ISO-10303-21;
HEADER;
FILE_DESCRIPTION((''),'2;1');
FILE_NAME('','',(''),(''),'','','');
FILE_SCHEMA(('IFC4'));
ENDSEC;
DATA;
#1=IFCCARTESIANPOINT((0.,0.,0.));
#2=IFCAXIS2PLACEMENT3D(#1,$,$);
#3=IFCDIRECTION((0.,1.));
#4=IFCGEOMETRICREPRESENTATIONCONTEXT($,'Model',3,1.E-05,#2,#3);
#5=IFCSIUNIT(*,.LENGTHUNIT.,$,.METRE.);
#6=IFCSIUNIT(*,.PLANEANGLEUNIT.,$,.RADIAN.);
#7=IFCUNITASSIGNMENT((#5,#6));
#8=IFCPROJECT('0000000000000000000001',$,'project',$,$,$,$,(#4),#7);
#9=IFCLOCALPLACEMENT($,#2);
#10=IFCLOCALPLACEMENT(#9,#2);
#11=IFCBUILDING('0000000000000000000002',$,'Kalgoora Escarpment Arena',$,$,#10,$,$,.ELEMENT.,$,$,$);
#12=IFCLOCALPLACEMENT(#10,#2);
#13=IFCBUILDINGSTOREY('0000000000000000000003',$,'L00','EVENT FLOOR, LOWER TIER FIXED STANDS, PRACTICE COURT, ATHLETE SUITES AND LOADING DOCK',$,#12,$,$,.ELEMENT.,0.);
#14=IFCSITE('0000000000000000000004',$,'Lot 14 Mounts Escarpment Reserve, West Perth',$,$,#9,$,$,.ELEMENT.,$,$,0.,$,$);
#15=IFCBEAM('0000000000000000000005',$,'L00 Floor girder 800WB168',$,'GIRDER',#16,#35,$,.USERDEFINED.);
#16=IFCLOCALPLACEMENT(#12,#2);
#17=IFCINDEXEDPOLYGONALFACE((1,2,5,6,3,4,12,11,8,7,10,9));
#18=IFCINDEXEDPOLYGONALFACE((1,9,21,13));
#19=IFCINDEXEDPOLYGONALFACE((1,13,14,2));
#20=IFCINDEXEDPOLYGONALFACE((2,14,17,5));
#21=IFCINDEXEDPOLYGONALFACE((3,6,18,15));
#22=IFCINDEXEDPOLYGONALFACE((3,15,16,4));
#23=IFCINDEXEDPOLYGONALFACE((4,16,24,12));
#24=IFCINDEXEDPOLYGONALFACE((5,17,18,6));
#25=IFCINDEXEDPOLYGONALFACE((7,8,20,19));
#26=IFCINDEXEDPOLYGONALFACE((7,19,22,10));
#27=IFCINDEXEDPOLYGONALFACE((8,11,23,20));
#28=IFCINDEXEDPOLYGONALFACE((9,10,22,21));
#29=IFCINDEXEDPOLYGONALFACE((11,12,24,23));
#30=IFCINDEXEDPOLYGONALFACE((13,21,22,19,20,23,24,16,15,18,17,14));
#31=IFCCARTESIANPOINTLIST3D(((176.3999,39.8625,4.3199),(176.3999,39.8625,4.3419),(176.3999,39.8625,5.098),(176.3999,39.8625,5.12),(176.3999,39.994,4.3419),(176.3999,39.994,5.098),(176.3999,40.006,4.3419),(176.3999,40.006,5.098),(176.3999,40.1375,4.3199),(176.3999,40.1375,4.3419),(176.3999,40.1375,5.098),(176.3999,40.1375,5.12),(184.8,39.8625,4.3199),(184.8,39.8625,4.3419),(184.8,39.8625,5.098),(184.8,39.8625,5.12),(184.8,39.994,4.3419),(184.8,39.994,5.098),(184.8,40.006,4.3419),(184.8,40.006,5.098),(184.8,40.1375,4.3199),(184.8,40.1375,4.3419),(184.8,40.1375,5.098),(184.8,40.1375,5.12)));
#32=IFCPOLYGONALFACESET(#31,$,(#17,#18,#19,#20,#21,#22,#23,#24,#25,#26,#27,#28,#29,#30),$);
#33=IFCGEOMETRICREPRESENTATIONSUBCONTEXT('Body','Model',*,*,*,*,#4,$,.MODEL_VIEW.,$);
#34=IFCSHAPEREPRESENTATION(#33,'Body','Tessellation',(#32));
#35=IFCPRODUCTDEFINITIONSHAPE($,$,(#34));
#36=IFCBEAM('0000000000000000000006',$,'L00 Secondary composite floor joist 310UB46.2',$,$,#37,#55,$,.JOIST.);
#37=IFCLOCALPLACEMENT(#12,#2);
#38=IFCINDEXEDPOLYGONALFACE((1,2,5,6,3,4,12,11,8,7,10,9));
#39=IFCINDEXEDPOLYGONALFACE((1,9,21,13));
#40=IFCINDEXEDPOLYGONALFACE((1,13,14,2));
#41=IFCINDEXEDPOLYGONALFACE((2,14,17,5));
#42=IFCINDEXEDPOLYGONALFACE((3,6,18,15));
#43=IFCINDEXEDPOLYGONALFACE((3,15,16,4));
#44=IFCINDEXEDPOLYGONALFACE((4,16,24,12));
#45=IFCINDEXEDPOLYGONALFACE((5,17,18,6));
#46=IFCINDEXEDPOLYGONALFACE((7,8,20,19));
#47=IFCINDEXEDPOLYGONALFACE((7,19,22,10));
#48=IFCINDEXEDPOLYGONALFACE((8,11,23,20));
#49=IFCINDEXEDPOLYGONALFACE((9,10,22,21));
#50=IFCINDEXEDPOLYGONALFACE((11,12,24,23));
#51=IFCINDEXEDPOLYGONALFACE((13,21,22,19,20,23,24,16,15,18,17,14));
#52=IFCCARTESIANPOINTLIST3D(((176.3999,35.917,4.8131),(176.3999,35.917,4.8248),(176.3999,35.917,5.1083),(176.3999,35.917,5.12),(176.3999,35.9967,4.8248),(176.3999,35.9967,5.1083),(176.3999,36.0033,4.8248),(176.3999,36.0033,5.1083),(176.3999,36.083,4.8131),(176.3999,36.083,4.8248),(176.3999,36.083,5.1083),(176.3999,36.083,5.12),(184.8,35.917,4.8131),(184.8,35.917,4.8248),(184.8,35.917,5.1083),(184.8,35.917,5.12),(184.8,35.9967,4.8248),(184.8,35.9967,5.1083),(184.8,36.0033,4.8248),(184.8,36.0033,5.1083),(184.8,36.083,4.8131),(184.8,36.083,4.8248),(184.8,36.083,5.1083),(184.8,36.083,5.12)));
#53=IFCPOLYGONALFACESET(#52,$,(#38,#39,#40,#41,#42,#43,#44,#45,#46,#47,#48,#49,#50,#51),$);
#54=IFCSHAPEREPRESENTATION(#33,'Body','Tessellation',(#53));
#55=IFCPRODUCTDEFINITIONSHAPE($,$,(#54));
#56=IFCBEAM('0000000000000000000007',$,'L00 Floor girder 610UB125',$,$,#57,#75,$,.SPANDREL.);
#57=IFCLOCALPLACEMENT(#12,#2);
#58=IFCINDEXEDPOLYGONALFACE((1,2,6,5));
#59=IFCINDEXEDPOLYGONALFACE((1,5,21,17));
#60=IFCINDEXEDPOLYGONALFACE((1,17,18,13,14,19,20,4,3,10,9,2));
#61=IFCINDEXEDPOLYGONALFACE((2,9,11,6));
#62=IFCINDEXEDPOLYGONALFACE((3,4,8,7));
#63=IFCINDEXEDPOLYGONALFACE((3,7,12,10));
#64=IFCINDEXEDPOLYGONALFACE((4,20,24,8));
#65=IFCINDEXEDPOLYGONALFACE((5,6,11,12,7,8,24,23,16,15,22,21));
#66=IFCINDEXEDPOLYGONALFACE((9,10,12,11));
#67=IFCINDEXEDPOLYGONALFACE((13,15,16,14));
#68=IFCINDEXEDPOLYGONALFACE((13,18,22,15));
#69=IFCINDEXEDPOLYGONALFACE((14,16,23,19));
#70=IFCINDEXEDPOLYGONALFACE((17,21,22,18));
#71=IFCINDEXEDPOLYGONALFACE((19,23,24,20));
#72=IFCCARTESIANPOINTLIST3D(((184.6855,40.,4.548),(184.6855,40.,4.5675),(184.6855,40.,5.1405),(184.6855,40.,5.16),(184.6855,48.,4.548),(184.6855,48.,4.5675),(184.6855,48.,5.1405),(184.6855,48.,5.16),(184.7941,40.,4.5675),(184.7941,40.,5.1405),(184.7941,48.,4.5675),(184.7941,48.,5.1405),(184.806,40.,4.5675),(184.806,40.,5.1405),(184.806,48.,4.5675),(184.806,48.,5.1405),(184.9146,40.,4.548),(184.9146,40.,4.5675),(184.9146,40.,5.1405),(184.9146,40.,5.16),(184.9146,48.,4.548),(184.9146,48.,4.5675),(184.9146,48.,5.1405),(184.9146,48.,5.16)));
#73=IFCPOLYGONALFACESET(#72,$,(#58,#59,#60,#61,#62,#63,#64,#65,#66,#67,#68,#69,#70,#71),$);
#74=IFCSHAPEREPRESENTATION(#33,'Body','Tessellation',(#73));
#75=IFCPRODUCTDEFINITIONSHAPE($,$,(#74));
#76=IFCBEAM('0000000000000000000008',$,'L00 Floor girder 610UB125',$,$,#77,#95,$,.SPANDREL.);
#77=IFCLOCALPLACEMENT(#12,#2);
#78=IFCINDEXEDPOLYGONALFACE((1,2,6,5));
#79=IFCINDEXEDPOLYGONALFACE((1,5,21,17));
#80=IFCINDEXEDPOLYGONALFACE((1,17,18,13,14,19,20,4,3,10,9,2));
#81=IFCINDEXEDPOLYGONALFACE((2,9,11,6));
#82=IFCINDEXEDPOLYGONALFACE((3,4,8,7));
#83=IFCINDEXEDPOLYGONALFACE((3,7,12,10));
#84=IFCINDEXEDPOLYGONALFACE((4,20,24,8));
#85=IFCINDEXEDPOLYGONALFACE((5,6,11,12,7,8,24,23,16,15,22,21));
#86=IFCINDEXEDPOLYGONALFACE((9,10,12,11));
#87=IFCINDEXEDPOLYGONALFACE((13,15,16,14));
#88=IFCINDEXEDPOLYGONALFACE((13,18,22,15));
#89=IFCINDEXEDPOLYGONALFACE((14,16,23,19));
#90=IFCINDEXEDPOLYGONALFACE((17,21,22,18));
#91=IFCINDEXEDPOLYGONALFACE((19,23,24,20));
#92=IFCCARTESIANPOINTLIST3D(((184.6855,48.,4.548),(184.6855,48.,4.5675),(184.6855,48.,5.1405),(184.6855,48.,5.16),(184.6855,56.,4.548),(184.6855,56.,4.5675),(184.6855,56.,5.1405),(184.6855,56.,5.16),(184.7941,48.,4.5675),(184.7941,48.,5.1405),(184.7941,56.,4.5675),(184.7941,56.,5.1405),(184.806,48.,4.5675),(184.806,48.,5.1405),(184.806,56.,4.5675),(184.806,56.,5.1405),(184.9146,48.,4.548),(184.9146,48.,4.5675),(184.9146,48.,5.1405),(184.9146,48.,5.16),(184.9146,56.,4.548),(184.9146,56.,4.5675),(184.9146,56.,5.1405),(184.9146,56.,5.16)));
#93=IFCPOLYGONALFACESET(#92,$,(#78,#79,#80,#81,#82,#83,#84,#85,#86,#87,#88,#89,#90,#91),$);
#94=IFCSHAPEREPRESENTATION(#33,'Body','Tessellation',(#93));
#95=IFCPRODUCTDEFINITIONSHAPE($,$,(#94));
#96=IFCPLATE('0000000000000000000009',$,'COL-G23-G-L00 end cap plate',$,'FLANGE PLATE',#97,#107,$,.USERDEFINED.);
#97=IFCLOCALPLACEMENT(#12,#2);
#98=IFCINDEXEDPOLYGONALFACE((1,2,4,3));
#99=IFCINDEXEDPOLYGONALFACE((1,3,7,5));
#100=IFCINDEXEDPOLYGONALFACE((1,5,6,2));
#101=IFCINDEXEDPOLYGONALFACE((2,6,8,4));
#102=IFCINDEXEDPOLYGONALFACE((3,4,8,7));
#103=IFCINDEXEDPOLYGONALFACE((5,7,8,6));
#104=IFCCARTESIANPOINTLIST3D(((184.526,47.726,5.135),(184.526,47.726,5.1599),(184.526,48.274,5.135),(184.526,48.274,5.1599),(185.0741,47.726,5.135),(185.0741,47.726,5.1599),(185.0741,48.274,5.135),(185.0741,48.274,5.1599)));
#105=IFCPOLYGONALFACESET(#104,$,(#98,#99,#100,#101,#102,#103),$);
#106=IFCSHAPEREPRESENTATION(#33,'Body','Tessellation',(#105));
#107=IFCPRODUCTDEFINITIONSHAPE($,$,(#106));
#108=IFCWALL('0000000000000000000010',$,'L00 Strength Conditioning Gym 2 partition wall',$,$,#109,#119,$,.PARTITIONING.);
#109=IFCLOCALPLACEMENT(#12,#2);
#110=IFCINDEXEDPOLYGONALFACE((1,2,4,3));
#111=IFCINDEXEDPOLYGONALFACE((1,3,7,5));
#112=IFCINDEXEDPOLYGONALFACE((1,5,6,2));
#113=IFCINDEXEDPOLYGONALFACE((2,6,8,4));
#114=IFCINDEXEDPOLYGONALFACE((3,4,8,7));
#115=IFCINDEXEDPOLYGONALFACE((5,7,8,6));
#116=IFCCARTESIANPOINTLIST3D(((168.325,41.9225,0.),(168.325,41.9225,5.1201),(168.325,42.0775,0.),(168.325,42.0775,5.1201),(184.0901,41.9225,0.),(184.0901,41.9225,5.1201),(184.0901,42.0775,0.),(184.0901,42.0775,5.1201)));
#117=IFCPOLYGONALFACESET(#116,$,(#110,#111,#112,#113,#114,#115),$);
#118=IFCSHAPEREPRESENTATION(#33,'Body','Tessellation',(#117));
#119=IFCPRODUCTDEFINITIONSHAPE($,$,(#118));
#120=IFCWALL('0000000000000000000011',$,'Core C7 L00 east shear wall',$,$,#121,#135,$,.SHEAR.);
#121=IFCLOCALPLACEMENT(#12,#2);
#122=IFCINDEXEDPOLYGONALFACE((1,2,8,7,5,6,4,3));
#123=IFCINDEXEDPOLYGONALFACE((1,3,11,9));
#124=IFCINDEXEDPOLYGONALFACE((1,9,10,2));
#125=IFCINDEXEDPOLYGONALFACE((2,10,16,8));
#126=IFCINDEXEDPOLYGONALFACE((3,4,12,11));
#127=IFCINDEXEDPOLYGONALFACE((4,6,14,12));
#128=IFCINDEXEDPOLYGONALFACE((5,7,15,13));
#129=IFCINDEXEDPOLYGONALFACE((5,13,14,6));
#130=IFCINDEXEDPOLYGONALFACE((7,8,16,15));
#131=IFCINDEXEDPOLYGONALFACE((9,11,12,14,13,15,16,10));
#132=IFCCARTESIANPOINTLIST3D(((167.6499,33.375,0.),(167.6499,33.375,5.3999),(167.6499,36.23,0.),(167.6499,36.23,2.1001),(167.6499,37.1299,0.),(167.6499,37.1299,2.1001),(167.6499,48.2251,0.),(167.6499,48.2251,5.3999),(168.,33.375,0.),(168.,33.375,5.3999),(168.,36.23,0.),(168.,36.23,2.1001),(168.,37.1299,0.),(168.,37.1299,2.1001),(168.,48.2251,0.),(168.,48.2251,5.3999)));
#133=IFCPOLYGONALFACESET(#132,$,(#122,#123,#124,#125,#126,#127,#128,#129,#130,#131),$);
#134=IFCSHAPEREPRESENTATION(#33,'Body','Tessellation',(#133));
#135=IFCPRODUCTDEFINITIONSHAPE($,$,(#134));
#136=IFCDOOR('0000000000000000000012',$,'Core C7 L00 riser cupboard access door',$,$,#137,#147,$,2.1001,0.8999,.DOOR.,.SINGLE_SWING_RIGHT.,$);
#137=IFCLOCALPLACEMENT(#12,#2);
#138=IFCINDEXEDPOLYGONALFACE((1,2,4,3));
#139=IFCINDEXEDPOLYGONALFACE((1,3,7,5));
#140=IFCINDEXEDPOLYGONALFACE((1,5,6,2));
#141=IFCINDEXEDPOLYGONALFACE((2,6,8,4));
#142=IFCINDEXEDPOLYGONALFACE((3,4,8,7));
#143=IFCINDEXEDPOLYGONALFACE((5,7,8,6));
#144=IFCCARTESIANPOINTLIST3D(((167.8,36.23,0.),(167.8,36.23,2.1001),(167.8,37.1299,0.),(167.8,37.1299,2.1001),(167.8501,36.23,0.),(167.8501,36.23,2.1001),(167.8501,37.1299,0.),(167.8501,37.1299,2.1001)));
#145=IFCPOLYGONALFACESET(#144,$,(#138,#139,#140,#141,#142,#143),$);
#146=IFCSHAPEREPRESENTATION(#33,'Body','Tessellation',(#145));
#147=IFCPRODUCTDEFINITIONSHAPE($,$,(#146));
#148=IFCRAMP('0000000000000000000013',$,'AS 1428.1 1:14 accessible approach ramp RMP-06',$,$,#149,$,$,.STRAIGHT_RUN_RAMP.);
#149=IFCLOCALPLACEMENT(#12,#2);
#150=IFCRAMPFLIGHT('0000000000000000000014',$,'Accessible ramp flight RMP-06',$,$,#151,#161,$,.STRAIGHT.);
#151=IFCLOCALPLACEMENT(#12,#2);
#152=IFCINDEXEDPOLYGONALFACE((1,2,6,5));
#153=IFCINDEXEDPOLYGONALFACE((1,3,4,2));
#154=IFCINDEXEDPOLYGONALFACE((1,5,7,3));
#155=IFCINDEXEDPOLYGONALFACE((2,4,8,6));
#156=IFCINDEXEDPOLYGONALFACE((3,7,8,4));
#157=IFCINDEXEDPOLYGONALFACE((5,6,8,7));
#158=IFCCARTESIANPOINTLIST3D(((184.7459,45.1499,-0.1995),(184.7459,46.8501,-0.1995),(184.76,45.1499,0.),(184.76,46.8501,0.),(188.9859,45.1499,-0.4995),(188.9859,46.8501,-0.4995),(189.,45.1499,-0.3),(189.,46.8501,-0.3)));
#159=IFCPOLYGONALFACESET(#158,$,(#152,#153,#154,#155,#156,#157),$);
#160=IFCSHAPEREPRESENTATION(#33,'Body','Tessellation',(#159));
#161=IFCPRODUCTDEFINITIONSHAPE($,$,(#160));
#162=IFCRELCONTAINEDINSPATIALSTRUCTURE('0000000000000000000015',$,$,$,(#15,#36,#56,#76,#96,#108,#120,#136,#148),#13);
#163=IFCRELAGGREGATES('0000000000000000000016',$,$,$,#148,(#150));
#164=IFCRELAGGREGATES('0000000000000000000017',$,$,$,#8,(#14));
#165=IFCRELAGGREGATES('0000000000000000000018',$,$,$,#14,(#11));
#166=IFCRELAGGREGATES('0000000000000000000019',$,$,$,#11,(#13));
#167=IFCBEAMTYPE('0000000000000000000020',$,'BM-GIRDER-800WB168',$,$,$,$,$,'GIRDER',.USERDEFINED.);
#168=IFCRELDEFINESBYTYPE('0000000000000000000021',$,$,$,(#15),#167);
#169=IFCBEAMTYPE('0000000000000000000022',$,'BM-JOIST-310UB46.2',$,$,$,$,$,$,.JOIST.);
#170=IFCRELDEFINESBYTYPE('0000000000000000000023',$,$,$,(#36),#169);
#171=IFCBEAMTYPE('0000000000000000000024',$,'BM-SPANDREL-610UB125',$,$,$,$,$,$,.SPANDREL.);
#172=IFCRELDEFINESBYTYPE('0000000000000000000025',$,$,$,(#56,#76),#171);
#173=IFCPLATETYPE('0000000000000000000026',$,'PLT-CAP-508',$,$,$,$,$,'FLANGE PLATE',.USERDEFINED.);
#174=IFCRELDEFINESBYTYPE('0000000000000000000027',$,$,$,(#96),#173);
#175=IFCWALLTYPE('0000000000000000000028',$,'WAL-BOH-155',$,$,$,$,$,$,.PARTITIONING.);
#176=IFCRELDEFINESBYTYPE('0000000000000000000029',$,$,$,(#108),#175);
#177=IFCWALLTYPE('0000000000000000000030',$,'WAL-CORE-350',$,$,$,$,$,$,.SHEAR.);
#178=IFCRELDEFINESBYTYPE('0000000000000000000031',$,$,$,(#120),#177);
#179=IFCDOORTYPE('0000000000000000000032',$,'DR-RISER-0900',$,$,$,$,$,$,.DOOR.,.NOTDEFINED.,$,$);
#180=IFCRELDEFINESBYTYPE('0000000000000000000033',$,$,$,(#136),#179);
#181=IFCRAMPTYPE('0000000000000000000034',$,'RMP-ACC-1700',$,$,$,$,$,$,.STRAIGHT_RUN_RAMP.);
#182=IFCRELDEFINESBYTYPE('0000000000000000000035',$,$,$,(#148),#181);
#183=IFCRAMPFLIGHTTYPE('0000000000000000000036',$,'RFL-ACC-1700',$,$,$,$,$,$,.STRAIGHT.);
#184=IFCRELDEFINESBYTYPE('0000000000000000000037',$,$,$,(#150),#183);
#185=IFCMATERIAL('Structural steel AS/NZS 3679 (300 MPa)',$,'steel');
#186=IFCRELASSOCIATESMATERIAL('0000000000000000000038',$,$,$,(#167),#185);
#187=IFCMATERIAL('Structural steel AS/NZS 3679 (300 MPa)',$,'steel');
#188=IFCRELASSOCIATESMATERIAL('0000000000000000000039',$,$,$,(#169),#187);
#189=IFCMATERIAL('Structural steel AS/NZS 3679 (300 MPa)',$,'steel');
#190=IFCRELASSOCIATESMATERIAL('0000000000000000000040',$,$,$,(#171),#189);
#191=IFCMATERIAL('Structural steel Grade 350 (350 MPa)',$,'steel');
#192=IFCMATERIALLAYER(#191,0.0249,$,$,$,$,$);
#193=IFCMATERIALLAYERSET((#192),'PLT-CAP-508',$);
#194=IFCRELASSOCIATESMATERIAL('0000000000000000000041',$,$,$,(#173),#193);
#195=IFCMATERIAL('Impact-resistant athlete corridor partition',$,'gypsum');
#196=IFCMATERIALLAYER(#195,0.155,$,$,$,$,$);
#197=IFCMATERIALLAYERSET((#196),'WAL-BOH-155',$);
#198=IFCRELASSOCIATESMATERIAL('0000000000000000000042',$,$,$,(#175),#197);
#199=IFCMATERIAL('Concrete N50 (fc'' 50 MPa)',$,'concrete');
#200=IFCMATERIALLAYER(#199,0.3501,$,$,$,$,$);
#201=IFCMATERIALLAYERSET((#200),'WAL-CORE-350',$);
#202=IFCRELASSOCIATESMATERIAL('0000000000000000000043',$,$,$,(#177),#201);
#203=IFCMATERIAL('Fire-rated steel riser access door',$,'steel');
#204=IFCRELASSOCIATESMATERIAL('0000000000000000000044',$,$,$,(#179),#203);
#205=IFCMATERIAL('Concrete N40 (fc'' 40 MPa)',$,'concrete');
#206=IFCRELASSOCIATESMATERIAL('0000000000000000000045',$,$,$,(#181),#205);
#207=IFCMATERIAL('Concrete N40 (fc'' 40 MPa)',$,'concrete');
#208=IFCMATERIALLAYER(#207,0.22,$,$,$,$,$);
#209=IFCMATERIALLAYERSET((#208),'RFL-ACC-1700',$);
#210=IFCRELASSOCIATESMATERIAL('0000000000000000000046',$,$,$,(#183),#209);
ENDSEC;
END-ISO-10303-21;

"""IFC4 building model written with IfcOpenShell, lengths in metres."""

from ifc_helpers import new_model, si_unit, direction, frame, frame_2d, origin, origin_2d, place, context, subcontext, project, spatial, polyline, rectangle, i_section, outline, extrude, material, layer, layer_set, material_profile, profile_set, type_object, element, fill, aggregate, save


model = new_model("IFC4")

# Units and contexts
model_context = context("Model", 3, precision=1e-05, world=origin(), true_north=direction((0.0, 1.0)))
body_context = subcontext(model_context, "Body", "Model", "MODEL_VIEW")
ifc_project = project(units=[si_unit("LENGTHUNIT", "METRE"), si_unit("PLANEANGLEUNIT", "RADIAN")], contexts=[model_context])

# Site, building, storey
site_placement = place(None, origin())
site = spatial("IfcSite", under=ifc_project, at=site_placement, Name="Lot 14 Mounts Escarpment Reserve, West Perth", CompositionType="ELEMENT", RefElevation=0.0)
building_placement = place(site_placement, origin())
building = spatial("IfcBuilding", under=site, at=building_placement, Name="Kalgoora Escarpment Arena", CompositionType="ELEMENT")
storey_placement = place(building_placement, origin())
storey = spatial("IfcBuildingStorey", under=building, at=storey_placement, Name="L00", Description="EVENT FLOOR, LOWER TIER FIXED STANDS, PRACTICE COURT, ATHLETE SUITES AND LOADING DOCK", CompositionType="ELEMENT", Elevation=0.0)

# Beams
ifc_material_1 = material(Name="Structural steel AS/NZS 3679 (300 MPa)", Category="steel")
ifc_material_profile_1 = material_profile(ifc_material_1, i_section(OverallWidth=0.2749, OverallDepth=0.8, WebThickness=0.012, FlangeThickness=0.022, at=origin_2d()))
ifc_profile_set_1 = profile_set([ifc_material_profile_1], Name="Structural steel AS/NZS 3679 (300 MPa)")
beam_type_1 = type_object("IfcBeamType", Name="BM-GIRDER-800WB168", ElementType="GIRDER", PredefinedType="USERDEFINED", material=ifc_profile_set_1)
beam_1_placement = place(storey_placement, frame((176.3999, 40.0, 4.72), z_axis=(1.0, 0.0, 0.0), x_axis=(0.0, 1.0, 0.0)))
element("IfcBeam", 1, at=beam_1_placement, inside=storey, type_object=beam_type_1, Name="L00 Floor girder 800WB168", ObjectType="GIRDER", PredefinedType="USERDEFINED", context=body_context, shape_type="SweptSolid", body=[
    extrude(i_section(OverallWidth=0.2749, OverallDepth=0.8, WebThickness=0.012, FlangeThickness=0.022, at=origin_2d()), origin(), (0.0, 0.0, 1.0), 8.4001),
])
ifc_material_2 = material(Name="Structural steel AS/NZS 3679 (300 MPa)", Category="steel")
ifc_material_profile_2 = material_profile(ifc_material_2, i_section(OverallWidth=0.166, OverallDepth=0.3069, WebThickness=0.0066, FlangeThickness=0.0117, at=origin_2d()))
ifc_profile_set_2 = profile_set([ifc_material_profile_2], Name="Structural steel AS/NZS 3679 (300 MPa)")
beam_type_2 = type_object("IfcBeamType", Name="BM-JOIST-310UB46.2", PredefinedType="JOIST", material=ifc_profile_set_2)
beam_2_placement = place(storey_placement, frame((176.3999, 36.0, 4.9666), z_axis=(1.0, 0.0, 0.0), x_axis=(0.0, 1.0, 0.0)))
element("IfcBeam", 2, at=beam_2_placement, inside=storey, type_object=beam_type_2, Name="L00 Secondary composite floor joist 310UB46.2", PredefinedType="JOIST", context=body_context, shape_type="SweptSolid", body=[
    extrude(i_section(OverallWidth=0.166, OverallDepth=0.3069, WebThickness=0.0066, FlangeThickness=0.0117, at=origin_2d()), origin(), (0.0, 0.0, 1.0), 8.4001),
])
ifc_material_3 = material(Name="Structural steel AS/NZS 3679 (300 MPa)", Category="steel")
ifc_material_profile_3 = material_profile(ifc_material_3, i_section(OverallWidth=0.229, OverallDepth=0.6121, WebThickness=0.012, FlangeThickness=0.0195, at=origin_2d()))
ifc_profile_set_3 = profile_set([ifc_material_profile_3], Name="Structural steel AS/NZS 3679 (300 MPa)")
beam_type_3 = type_object("IfcBeamType", Name="BM-SPANDREL-610UB125", PredefinedType="SPANDREL", material=ifc_profile_set_3)
for number, where, z_axis, x_axis, name in (
    (3, (184.8, 40.0, 4.854), (0.0, 1.0, 0.0), (-1.0, 0.0, 0.0), "L00 Floor girder 610UB125"),
    (4, (184.8, 48.0, 4.854), (0.0, 1.0, 0.0), (-1.0, 0.0, 0.0), "L00 Floor girder 610UB125"),
):
    element("IfcBeam", number, at=place(storey_placement, frame(where, z_axis=z_axis, x_axis=x_axis)), inside=storey, type_object=beam_type_3, Name=name, PredefinedType="SPANDREL", context=body_context, shape_type="SweptSolid", body=[
        extrude(i_section(OverallWidth=0.229, OverallDepth=0.6121, WebThickness=0.012, FlangeThickness=0.0195, at=origin_2d()), origin(), (0.0, 0.0, 1.0), 8.0),
    ])

# Plate
ifc_material_4 = material(Name="Structural steel Grade 350 (350 MPa)", Category="steel")
ifc_layer_1 = layer(ifc_material_4, 0.0249)
ifc_layer_set_1 = layer_set([ifc_layer_1], Name="PLT-CAP-508")
plate_type = type_object("IfcPlateType", Name="PLT-CAP-508", ElementType="FLANGE PLATE", PredefinedType="USERDEFINED", material=ifc_layer_set_1)
plate_placement = place(storey_placement, frame((184.8, 48.0, 5.135), z_axis=(0.0, 0.0, 1.0), x_axis=(1.0, 0.0, 0.0)))
element("IfcPlate", 5, at=plate_placement, inside=storey, type_object=plate_type, Name="COL-G23-G-L00 end cap plate", ObjectType="FLANGE PLATE", PredefinedType="USERDEFINED", context=body_context, shape_type="SweptSolid", body=[
    extrude(rectangle(XDim=0.5481, YDim=0.5481, at=origin_2d()), origin(), (0.0, 0.0, 1.0), 0.0249),
])

# Wall
ifc_material_5 = material(Name="Impact-resistant athlete corridor partition", Category="gypsum")
ifc_layer_2 = layer(ifc_material_5, 0.155)
ifc_layer_set_2 = layer_set([ifc_layer_2], Name="WAL-BOH-155")
wall_type_1 = type_object("IfcWallType", Name="WAL-BOH-155", PredefinedType="PARTITIONING", material=ifc_layer_set_2)
wall_1_placement = place(storey_placement, frame((168.325, 42.0, 0.0), z_axis=(0.0, 0.0, 1.0), x_axis=(1.0, 0.0, 0.0)))
element("IfcWall", 6, at=wall_1_placement, inside=storey, type_object=wall_type_1, Name="L00 Strength Conditioning Gym 2 partition wall", PredefinedType="PARTITIONING", context=body_context, shape_type="SweptSolid", body=[
    extrude(rectangle(XDim=15.7651, YDim=0.155, at=frame_2d((7.8826, 0.0))), origin(), (0.0, 0.0, 1.0), 5.1201),
])

# Wall, opening, door
ifc_material_6 = material(Name="Concrete N50 (fc' 50 MPa)", Category="concrete")
ifc_layer_3 = layer(ifc_material_6, 0.3501)
ifc_layer_set_3 = layer_set([ifc_layer_3], Name="WAL-CORE-350")
wall_type_2 = type_object("IfcWallType", Name="WAL-CORE-350", PredefinedType="SHEAR", material=ifc_layer_set_3)
wall_2_placement = place(storey_placement, frame((167.825, 33.375, 0.0), z_axis=(0.0, 0.0, 1.0), x_axis=(0.0, 1.0, 0.0)))
wall_2 = element("IfcWall", 7, at=wall_2_placement, inside=storey, type_object=wall_type_2, Name="Core C7 L00 east shear wall", PredefinedType="SHEAR", context=body_context, shape_type="SweptSolid", body=[
    extrude(rectangle(XDim=14.8501, YDim=0.3501, at=frame_2d((7.425, 0.0))), origin(), (0.0, 0.0, 1.0), 5.3999),
])
opening_placement = place(wall_2_placement, frame((2.855, 0.0, 0.0)))
opening = element("IfcOpeningElement", 8, at=opening_placement, cuts=wall_2, PredefinedType="OPENING", context=body_context, shape_type="SweptSolid", body=[
    extrude(rectangle(XDim=0.8999, YDim=2.1001, at=frame_2d((0.45, 1.05))), frame((0.0, 0.1851, 0.0), z_axis=(0.0, -1.0, 0.0), x_axis=(1.0, 0.0, 0.0)), (0.0, 0.0, 1.0), 0.3701),
])
ifc_material_7 = material(Name="Fire-rated steel riser access door", Category="steel")
door_type = type_object("IfcDoorType", Name="DR-RISER-0900", OperationType="NOTDEFINED", PredefinedType="DOOR", material=ifc_material_7)
door_placement = place(opening_placement, origin())
door = element("IfcDoor", 9, at=door_placement, inside=storey, type_object=door_type, Name="Core C7 L00 riser cupboard access door", OperationType="SINGLE_SWING_RIGHT", OverallHeight=2.1001, OverallWidth=0.8999, PredefinedType="DOOR", context=body_context, shape_type="SweptSolid", body=[
    extrude(rectangle(XDim=0.8999, YDim=2.1001, at=frame_2d((0.45, 1.05))), frame((0.0, 0.0249, 0.0), z_axis=(0.0, -1.0, 0.0), x_axis=(1.0, 0.0, 0.0)), (0.0, 0.0, 1.0), 0.05),
])
fill(opening, door)

# Ramp, ramp flight
ifc_material_8 = material(Name="Concrete N40 (fc' 40 MPa)", Category="concrete")
ramp_type = type_object("IfcRampType", Name="RMP-ACC-1700", PredefinedType="STRAIGHT_RUN_RAMP", material=ifc_material_8)
ramp_placement = place(storey_placement, origin())
ramp = element("IfcRamp", 10, at=ramp_placement, inside=storey, type_object=ramp_type, Name="AS 1428.1 1:14 accessible approach ramp RMP-06", PredefinedType="STRAIGHT_RUN_RAMP")
ifc_material_9 = material(Name="Concrete N40 (fc' 40 MPa)", Category="concrete")
ifc_layer_4 = layer(ifc_material_9, 0.22)
ifc_layer_set_4 = layer_set([ifc_layer_4], Name="RFL-ACC-1700")
ramp_flight_type = type_object("IfcRampFlightType", Name="RFL-ACC-1700", PredefinedType="STRAIGHT", material=ifc_layer_set_4)
ramp_flight_placement = place(storey_placement, frame((184.76, 45.1499, 0.0), z_axis=(0.07059, 0.0, 0.997505), x_axis=(0.997505, 0.0, -0.07059)))
ramp_flight = element("IfcRampFlight", 11, at=ramp_flight_placement, type_object=ramp_flight_type, Name="Accessible ramp flight RMP-06", PredefinedType="STRAIGHT", context=body_context, shape_type="SweptSolid", body=[
    extrude(outline(polyline([(0.0, 0.0), (4.2506, 0.0), (4.2506, 1.7002), (0.0, 1.7002), (0.0, 0.0)])), origin(), (0.0, 0.0, -1.0), 0.2),
])
aggregate(ramp, [ramp_flight])

save(model, "model.ifc")
